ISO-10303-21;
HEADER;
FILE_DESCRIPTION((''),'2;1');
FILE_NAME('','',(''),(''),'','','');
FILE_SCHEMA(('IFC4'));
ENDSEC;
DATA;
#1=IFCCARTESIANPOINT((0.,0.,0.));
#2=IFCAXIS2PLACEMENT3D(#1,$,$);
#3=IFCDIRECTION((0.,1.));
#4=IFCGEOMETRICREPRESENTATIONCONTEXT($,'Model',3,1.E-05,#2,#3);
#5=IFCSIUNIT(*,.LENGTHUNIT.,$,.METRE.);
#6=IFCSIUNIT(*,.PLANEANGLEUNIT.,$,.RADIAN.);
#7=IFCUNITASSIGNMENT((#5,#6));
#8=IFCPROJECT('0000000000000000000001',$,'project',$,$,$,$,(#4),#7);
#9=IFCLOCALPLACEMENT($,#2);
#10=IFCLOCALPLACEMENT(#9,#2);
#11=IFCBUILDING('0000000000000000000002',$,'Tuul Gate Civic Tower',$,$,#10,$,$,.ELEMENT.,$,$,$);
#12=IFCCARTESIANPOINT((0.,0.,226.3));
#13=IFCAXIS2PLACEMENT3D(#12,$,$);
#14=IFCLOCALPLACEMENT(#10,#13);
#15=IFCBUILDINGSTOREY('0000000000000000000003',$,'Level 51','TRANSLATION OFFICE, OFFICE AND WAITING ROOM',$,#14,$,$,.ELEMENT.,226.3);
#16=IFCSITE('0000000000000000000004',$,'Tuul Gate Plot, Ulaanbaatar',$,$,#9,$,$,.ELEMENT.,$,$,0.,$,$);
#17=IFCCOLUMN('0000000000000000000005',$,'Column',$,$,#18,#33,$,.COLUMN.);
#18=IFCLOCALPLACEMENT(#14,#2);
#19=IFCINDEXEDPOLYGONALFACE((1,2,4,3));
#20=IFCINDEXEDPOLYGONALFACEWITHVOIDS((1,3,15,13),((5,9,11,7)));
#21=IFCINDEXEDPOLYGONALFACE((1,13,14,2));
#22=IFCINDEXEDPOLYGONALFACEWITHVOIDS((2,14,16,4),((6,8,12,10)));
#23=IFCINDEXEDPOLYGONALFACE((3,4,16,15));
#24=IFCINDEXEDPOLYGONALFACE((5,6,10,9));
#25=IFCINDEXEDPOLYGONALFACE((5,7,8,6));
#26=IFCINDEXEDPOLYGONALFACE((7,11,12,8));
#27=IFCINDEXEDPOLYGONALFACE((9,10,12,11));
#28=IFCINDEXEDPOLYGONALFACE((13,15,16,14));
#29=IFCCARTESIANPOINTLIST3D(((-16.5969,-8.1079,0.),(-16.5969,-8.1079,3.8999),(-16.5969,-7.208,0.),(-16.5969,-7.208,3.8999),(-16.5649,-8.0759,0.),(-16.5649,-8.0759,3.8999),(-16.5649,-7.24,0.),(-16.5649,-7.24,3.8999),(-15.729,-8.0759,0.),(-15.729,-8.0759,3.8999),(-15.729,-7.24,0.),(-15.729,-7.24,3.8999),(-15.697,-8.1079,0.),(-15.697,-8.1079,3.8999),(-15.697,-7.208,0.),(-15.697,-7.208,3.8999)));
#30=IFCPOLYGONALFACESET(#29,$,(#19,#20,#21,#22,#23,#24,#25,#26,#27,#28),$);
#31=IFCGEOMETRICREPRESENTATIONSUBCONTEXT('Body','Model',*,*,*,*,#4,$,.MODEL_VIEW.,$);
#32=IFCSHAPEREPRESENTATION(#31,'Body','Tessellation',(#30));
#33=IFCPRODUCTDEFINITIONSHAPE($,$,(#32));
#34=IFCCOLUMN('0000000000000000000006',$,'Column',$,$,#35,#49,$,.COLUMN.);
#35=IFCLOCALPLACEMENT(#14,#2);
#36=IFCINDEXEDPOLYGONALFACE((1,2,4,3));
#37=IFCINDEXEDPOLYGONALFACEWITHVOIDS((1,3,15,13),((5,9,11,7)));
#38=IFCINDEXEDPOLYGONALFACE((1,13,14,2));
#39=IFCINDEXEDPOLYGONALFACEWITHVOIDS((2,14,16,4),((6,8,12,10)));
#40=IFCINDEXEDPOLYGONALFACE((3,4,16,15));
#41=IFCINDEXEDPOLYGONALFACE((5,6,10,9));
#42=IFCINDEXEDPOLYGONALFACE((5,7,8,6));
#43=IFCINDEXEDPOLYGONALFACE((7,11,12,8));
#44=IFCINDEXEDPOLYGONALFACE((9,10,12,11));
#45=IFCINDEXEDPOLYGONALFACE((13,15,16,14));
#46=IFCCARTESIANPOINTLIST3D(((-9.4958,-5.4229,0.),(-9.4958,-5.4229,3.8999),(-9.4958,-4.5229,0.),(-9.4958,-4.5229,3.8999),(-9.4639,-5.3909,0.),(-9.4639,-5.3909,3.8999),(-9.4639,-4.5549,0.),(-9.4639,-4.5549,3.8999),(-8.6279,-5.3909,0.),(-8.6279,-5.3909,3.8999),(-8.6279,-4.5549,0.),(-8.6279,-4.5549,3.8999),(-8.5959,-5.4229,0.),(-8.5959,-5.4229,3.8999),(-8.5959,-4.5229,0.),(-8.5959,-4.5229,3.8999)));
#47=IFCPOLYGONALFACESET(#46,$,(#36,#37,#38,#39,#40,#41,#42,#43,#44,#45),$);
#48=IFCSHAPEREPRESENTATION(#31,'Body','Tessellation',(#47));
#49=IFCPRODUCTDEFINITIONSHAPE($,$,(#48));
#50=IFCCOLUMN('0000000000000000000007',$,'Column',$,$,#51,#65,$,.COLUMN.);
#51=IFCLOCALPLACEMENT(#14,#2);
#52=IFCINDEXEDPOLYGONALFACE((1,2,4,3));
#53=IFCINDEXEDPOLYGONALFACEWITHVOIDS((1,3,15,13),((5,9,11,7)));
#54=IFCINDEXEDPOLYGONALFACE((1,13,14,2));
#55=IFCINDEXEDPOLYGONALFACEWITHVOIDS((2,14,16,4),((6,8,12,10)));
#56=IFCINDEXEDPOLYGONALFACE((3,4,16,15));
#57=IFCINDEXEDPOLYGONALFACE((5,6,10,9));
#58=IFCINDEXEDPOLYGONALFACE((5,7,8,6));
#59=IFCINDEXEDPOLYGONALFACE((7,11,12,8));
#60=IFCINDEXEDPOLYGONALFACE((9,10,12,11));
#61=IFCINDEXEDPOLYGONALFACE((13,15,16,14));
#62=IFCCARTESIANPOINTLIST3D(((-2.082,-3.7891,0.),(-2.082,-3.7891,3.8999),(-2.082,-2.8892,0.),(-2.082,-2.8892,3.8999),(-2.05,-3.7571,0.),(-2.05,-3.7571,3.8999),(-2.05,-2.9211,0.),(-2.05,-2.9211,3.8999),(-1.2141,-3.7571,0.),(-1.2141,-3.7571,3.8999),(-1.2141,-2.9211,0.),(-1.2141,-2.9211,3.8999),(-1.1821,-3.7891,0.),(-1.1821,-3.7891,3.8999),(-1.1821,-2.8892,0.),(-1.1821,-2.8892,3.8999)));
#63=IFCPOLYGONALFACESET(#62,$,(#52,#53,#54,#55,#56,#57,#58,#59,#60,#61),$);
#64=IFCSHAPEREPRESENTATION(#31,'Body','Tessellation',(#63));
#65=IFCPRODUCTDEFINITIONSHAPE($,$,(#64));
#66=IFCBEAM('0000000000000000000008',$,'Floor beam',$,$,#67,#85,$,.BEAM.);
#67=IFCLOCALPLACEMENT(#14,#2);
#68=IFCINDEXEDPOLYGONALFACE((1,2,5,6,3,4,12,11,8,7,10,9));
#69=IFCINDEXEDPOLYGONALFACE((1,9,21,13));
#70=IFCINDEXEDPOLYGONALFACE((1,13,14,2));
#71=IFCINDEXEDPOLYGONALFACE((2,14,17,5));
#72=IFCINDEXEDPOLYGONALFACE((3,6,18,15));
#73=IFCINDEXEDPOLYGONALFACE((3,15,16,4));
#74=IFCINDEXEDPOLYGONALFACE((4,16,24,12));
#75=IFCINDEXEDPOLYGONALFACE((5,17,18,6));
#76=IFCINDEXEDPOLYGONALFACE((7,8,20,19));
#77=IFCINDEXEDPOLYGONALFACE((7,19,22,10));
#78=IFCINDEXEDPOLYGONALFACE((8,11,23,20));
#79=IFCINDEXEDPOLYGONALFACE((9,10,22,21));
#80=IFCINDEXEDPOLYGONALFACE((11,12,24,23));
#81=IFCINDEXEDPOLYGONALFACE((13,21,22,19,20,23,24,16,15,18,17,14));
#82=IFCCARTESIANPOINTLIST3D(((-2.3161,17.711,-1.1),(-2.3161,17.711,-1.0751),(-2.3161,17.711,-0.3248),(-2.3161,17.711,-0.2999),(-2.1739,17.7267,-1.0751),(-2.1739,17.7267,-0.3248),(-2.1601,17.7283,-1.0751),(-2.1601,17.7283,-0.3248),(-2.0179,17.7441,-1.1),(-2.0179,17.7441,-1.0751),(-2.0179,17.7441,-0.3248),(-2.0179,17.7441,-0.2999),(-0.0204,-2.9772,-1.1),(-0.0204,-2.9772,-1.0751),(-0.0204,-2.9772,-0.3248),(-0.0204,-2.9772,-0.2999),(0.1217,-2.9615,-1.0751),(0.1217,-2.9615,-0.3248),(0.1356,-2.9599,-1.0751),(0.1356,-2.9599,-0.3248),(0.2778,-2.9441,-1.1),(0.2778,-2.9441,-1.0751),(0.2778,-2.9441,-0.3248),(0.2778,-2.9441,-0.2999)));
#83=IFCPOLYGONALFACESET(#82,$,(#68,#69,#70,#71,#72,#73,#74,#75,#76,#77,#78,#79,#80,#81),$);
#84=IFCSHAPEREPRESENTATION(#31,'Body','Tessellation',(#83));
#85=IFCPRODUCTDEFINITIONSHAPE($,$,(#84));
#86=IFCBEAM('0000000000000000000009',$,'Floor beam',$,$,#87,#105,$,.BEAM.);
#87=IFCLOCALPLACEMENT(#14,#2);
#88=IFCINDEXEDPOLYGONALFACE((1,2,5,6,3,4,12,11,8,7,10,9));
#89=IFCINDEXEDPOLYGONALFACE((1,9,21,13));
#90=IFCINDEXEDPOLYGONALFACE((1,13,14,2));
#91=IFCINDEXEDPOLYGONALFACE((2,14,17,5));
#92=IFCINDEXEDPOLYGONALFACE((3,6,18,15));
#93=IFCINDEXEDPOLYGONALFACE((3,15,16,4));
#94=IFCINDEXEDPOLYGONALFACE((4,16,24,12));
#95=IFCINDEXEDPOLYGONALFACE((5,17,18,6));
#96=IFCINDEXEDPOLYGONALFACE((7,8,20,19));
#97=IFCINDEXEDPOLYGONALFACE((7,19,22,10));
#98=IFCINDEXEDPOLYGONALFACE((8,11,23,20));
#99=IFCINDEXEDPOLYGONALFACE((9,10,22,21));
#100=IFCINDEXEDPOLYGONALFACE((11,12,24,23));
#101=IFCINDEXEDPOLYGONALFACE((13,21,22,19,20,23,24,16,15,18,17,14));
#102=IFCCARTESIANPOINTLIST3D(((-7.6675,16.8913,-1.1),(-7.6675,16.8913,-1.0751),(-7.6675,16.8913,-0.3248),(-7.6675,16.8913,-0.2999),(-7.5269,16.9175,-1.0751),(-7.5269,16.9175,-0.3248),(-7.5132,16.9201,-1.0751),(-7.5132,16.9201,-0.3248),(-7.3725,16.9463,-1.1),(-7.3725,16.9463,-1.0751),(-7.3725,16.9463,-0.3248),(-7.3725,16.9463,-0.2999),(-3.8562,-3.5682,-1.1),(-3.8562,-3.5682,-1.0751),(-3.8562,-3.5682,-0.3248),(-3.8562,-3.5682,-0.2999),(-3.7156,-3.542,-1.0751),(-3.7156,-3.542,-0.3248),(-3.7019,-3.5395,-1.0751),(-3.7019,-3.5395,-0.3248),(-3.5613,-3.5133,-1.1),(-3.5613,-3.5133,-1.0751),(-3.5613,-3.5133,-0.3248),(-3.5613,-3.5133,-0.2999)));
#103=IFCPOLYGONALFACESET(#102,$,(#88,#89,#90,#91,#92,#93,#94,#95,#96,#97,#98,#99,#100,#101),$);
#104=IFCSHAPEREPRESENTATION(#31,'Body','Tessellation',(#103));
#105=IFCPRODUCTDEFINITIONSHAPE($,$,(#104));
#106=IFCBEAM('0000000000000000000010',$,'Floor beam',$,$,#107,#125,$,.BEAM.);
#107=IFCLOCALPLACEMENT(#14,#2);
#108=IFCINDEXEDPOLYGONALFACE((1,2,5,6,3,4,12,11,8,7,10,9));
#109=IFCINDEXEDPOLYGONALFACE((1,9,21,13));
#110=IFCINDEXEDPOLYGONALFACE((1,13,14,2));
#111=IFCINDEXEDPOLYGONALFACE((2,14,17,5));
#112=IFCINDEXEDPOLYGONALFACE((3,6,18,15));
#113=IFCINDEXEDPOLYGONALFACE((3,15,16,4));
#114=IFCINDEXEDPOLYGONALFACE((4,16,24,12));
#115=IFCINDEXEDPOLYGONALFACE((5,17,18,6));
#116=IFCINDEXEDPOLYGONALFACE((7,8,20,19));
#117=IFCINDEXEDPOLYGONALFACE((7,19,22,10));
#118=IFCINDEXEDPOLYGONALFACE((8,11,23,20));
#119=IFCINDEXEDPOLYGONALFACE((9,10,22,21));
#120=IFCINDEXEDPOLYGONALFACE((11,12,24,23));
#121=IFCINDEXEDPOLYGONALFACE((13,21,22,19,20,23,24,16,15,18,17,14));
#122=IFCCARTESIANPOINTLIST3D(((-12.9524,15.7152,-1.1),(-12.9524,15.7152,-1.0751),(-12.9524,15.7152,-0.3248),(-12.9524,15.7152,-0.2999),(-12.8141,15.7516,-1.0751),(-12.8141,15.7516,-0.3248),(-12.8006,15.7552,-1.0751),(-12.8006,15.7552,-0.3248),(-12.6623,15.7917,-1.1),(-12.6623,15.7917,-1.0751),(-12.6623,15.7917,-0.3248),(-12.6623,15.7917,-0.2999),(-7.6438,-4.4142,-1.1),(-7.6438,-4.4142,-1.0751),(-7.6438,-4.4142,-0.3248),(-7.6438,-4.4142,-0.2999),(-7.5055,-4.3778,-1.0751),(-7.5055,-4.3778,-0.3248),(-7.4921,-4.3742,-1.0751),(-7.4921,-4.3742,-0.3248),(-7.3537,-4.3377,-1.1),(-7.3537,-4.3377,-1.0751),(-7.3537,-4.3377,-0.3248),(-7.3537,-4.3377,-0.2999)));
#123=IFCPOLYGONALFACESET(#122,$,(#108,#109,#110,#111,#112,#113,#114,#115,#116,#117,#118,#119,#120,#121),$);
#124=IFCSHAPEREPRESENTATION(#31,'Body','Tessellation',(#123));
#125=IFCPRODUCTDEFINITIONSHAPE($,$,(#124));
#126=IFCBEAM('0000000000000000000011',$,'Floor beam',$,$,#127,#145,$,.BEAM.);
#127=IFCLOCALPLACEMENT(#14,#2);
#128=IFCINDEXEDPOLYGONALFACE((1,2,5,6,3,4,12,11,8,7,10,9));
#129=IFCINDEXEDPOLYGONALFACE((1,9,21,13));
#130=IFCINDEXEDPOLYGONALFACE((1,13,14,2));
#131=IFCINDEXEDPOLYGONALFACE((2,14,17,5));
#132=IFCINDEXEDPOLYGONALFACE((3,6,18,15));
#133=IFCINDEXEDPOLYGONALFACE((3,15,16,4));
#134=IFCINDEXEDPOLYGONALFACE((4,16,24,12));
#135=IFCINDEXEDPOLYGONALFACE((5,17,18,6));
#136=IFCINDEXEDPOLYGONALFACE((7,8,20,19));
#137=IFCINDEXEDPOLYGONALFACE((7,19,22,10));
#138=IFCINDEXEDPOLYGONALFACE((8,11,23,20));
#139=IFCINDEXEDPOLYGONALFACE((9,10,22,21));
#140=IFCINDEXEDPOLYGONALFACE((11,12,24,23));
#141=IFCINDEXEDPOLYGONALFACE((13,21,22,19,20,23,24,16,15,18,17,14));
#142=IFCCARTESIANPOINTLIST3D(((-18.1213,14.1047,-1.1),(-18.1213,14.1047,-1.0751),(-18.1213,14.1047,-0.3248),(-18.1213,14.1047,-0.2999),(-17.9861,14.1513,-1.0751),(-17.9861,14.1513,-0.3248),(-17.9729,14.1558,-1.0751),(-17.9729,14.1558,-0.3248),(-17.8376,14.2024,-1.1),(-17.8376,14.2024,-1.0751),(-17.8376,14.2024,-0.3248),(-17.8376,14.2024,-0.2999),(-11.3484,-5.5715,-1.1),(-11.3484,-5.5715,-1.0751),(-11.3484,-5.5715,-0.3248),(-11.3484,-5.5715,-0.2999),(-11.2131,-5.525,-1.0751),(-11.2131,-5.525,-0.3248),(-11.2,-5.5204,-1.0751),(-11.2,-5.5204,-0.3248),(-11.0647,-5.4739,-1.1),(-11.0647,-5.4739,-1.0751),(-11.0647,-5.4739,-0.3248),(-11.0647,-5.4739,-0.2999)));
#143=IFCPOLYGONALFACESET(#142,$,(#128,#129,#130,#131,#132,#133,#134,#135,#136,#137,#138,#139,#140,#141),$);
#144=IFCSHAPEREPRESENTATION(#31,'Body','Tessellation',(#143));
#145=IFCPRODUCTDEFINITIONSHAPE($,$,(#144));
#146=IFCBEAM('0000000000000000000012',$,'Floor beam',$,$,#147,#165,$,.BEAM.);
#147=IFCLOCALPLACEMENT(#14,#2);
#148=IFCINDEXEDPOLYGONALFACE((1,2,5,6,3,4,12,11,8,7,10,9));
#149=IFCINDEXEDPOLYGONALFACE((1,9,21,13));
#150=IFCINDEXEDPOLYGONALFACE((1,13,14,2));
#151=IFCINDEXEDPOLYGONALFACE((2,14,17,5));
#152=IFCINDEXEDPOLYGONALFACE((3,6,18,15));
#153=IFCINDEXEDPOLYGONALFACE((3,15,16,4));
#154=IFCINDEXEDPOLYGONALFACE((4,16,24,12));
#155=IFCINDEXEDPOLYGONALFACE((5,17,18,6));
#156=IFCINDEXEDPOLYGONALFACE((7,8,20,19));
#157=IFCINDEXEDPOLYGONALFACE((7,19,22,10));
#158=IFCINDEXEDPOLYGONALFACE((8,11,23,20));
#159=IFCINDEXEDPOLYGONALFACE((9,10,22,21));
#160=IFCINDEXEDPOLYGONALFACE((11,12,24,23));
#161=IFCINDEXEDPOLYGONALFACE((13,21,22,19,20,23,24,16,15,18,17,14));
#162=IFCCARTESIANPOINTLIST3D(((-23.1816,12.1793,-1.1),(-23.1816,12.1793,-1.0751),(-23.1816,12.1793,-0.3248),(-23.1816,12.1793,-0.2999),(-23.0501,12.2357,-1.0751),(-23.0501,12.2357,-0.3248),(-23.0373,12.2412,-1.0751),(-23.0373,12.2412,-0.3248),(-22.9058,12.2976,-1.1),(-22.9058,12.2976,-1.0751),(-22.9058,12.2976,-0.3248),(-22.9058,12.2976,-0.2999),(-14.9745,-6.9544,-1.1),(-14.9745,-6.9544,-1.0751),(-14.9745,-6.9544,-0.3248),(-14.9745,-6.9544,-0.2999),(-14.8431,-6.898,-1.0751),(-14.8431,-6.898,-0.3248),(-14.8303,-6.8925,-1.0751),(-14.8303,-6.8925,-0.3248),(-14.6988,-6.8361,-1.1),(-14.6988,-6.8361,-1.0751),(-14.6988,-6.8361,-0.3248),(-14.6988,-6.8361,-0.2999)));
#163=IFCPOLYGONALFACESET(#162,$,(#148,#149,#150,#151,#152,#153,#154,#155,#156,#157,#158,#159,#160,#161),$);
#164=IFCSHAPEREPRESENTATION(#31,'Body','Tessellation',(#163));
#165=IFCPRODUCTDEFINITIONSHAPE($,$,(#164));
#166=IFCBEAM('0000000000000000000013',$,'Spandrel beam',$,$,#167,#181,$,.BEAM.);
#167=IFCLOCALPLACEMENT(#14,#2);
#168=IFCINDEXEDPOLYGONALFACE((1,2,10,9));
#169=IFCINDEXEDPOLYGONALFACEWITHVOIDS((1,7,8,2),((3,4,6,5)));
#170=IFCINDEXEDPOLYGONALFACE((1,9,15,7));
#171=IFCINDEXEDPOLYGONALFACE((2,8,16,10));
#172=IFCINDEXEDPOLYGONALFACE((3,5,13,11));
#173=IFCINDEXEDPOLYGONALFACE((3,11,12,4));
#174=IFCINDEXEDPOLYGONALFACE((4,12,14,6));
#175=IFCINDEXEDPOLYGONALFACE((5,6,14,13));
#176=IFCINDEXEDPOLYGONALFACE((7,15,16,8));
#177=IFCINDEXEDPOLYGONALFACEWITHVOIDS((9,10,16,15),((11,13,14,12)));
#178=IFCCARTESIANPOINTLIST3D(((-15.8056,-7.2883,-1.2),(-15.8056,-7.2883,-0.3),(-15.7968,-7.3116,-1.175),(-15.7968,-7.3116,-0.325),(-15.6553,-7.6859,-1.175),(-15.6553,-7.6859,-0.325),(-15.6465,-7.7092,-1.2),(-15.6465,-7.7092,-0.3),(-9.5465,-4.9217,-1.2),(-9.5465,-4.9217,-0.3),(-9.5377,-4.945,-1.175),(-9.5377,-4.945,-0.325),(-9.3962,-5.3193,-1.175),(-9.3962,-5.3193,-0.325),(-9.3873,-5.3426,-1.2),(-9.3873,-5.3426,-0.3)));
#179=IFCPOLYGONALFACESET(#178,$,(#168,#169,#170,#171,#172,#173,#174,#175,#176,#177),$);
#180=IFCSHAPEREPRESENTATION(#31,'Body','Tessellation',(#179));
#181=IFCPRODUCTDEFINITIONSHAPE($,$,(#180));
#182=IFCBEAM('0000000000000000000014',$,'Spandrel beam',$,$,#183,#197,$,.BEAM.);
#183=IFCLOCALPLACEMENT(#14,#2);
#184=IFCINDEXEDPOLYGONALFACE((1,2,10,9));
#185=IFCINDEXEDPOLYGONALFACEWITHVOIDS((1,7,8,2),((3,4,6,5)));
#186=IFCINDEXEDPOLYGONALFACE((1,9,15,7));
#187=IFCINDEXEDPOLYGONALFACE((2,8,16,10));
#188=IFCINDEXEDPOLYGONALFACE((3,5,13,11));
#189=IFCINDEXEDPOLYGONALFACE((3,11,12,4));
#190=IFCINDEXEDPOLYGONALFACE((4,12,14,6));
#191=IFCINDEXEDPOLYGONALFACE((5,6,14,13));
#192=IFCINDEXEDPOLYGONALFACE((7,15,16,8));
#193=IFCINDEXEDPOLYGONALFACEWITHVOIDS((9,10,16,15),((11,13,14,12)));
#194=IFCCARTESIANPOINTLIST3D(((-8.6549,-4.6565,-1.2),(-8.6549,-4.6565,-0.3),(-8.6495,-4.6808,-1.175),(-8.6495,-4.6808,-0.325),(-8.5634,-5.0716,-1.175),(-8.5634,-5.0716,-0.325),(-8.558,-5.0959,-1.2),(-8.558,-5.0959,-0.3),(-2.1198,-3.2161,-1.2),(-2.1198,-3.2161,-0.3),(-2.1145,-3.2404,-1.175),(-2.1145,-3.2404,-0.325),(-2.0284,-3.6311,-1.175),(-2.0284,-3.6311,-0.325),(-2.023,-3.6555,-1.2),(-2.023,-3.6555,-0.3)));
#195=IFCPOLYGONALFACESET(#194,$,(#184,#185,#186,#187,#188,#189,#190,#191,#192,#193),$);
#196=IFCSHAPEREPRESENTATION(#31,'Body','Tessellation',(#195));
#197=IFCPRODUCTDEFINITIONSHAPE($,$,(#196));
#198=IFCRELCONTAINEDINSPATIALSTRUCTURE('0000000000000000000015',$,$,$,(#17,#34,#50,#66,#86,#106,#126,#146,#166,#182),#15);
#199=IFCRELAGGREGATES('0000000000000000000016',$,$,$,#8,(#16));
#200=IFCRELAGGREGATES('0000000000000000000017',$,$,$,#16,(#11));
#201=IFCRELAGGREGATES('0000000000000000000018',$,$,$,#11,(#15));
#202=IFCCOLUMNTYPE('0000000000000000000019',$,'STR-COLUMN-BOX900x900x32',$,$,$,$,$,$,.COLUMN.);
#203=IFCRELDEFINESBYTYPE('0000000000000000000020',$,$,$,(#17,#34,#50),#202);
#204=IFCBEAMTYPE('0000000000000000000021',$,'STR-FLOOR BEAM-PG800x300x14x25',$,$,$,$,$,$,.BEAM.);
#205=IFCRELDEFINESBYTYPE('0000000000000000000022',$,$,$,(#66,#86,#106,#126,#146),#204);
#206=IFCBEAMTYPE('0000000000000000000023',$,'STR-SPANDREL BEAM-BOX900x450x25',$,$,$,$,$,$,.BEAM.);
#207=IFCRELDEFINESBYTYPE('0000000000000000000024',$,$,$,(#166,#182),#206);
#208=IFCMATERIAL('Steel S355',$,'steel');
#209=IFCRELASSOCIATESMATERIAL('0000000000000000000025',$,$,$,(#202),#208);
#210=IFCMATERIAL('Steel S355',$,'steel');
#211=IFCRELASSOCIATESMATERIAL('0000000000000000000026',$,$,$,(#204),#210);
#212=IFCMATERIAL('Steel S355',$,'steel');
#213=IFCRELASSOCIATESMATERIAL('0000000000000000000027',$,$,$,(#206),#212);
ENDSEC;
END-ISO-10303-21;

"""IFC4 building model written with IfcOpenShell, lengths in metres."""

from ifc_helpers import new_model, si_unit, direction, frame, origin, origin_2d, place, context, subcontext, project, spatial, hollow_rectangle, i_section, extrude, material, material_profile, profile_set, type_object, element, save


model = new_model("IFC4")

# Units and contexts
model_context = context("Model", 3, precision=1e-05, world=origin(), true_north=direction((0.0, 1.0)))
body_context = subcontext(model_context, "Body", "Model", "MODEL_VIEW")
ifc_project = project(units=[si_unit("LENGTHUNIT", "METRE"), si_unit("PLANEANGLEUNIT", "RADIAN")], contexts=[model_context])

# Site, building, storey
site_placement = place(None, origin())
site = spatial("IfcSite", under=ifc_project, at=site_placement, Name="Tuul Gate Plot, Ulaanbaatar", CompositionType="ELEMENT", RefElevation=0.0)
building_placement = place(site_placement, origin())
building = spatial("IfcBuilding", under=site, at=building_placement, Name="Tuul Gate Civic Tower", CompositionType="ELEMENT")
storey_placement = place(building_placement, frame((0.0, 0.0, 226.3)))
storey = spatial("IfcBuildingStorey", under=building, at=storey_placement, Name="Level 51", Description="TRANSLATION OFFICE, OFFICE AND WAITING ROOM", CompositionType="ELEMENT", Elevation=226.3)

# Columns
ifc_material_1 = material(Name="Steel S355", Category="steel")
ifc_material_profile_1 = material_profile(ifc_material_1, hollow_rectangle(XDim=0.8999, YDim=0.8999, WallThickness=0.032, at=origin_2d()), Name="BOX900x900x32")
ifc_profile_set_1 = profile_set([ifc_material_profile_1], Name="Steel S355")
column_type = type_object("IfcColumnType", Name="STR-COLUMN-BOX900x900x32", PredefinedType="COLUMN", material=ifc_profile_set_1)
for number, where, z_axis, x_axis, name in (
    (1, (-16.147, -7.658, 0.0), (0.0, 0.0, 1.0), (1.0, 0.0, 0.0), "Column"),
    (2, (-9.0459, -4.9729, 0.0), (0.0, 0.0, 1.0), (1.0, 0.0, 0.0), "Column"),
    (3, (-1.6321, -3.3391, 0.0), (0.0, 0.0, 1.0), (1.0, 0.0, 0.0), "Column"),
):
    element("IfcColumn", number, at=place(storey_placement, frame(where, z_axis=z_axis, x_axis=x_axis)), inside=storey, type_object=column_type, Name=name, PredefinedType="COLUMN", context=body_context, shape_type="SweptSolid", body=[
        extrude(hollow_rectangle(XDim=0.8999, YDim=0.8999, WallThickness=0.032, at=origin_2d()), origin(), (0.0, 0.0, 1.0), 3.8999),
    ])

# Beams
ifc_material_2 = material(Name="Steel S355", Category="steel")
ifc_material_profile_2 = material_profile(ifc_material_2, i_section(OverallWidth=0.3, OverallDepth=0.8, WebThickness=0.0139, FlangeThickness=0.0249, at=origin_2d()), Name="PG800x300x14x25")
ifc_profile_set_2 = profile_set([ifc_material_profile_2], Name="Steel S355")
beam_type_1 = type_object("IfcBeamType", Name="STR-FLOOR BEAM-PG800x300x14x25", PredefinedType="BEAM", material=ifc_profile_set_2)
beam_1_placement = place(storey_placement, frame((0.1287, -2.9607, -0.7), z_axis=(-0.110287, 0.9939, 0.0), x_axis=(-0.9939, -0.110287, 0.0)))
element("IfcBeam", 4, at=beam_1_placement, inside=storey, type_object=beam_type_1, Name="Floor beam", PredefinedType="BEAM", context=body_context, shape_type="SweptSolid", body=[
    extrude(i_section(OverallWidth=0.3, OverallDepth=0.8, WebThickness=0.0139, FlangeThickness=0.0249, at=origin_2d()), origin(), (0.0, 0.0, 1.0), 20.8152),
])
beam_2_placement = place(storey_placement, frame((-3.7087, -3.5408, -0.7), z_axis=(-0.183134, 0.983088, 0.0), x_axis=(-0.983088, -0.183134, 0.0)))
element("IfcBeam", 5, at=beam_2_placement, inside=storey, type_object=beam_type_1, Name="Floor beam", PredefinedType="BEAM", context=body_context, shape_type="SweptSolid", body=[
    extrude(i_section(OverallWidth=0.3, OverallDepth=0.8, WebThickness=0.0139, FlangeThickness=0.0249, at=origin_2d()), origin(), (0.0, 0.0, 1.0), 20.8115),
])
beam_3_placement = place(storey_placement, frame((-7.4988, -4.376, -0.7), z_axis=(-0.255005, 0.96694, 0.0), x_axis=(-0.96694, -0.255005, 0.0)))
element("IfcBeam", 6, at=beam_3_placement, inside=storey, type_object=beam_type_1, Name="Floor beam", PredefinedType="BEAM", context=body_context, shape_type="SweptSolid", body=[
    extrude(i_section(OverallWidth=0.3, OverallDepth=0.8, WebThickness=0.0139, FlangeThickness=0.0249, at=origin_2d()), origin(), (0.0, 0.0, 1.0), 20.8176),
])
beam_4_placement = place(storey_placement, frame((-11.2065, -5.5227, -0.7), z_axis=(-0.325476, 0.94555, 0.0), x_axis=(-0.94555, -0.325476, 0.0)))
element("IfcBeam", 7, at=beam_4_placement, inside=storey, type_object=beam_type_1, Name="Floor beam", PredefinedType="BEAM", context=body_context, shape_type="SweptSolid", body=[
    extrude(i_section(OverallWidth=0.3, OverallDepth=0.8, WebThickness=0.0139, FlangeThickness=0.0249, at=origin_2d()), origin(), (0.0, 0.0, 1.0), 20.8093),
])
beam_5_placement = place(storey_placement, frame((-14.8367, -6.8953, -0.7), z_axis=(-0.394197, 0.919026, 0.0), x_axis=(-0.919026, -0.394197, 0.0)))
element("IfcBeam", 8, at=beam_5_placement, inside=storey, type_object=beam_type_1, Name="Floor beam", PredefinedType="BEAM", context=body_context, shape_type="SweptSolid", body=[
    extrude(i_section(OverallWidth=0.3, OverallDepth=0.8, WebThickness=0.0139, FlangeThickness=0.0249, at=origin_2d()), origin(), (0.0, 0.0, 1.0), 20.8196),
])
ifc_material_3 = material(Name="Steel S355", Category="steel")
ifc_material_profile_3 = material_profile(ifc_material_3, hollow_rectangle(XDim=0.45, YDim=0.8999, WallThickness=0.0249, at=origin_2d()), Name="BOX900x450x25")
ifc_profile_set_3 = profile_set([ifc_material_profile_3], Name="Steel S355")
beam_type_2 = type_object("IfcBeamType", Name="STR-SPANDREL BEAM-BOX900x450x25", PredefinedType="BEAM", material=ifc_profile_set_3)
beam_6_placement = place(storey_placement, frame((-15.7261, -7.4988, -0.75), z_axis=(0.935369, 0.353673, 0.0), x_axis=(-0.353673, 0.935369, 0.0)))
element("IfcBeam", 9, at=beam_6_placement, inside=storey, type_object=beam_type_2, Name="Spandrel beam", PredefinedType="BEAM", context=body_context, shape_type="SweptSolid", body=[
    extrude(hollow_rectangle(XDim=0.45, YDim=0.8999, WallThickness=0.0249, at=origin_2d()), origin(), (0.0, 0.0, 1.0), 6.6917),
])
for number, where, z_axis, x_axis, name in (
    (10, (-8.6064, -4.8762, -0.75), (0.976558, 0.215254, 0.0), (-0.215254, 0.976558, 0.0), "Spandrel beam"),
):
    element("IfcBeam", number, at=place(storey_placement, frame(where, z_axis=z_axis, x_axis=x_axis)), inside=storey, type_object=beam_type_2, Name=name, PredefinedType="BEAM", context=body_context, shape_type="SweptSolid", body=[
        extrude(hollow_rectangle(XDim=0.45, YDim=0.8999, WallThickness=0.0249, at=origin_2d()), origin(), (0.0, 0.0, 1.0), 6.6919),
    ])

save(model, "model.ifc")
